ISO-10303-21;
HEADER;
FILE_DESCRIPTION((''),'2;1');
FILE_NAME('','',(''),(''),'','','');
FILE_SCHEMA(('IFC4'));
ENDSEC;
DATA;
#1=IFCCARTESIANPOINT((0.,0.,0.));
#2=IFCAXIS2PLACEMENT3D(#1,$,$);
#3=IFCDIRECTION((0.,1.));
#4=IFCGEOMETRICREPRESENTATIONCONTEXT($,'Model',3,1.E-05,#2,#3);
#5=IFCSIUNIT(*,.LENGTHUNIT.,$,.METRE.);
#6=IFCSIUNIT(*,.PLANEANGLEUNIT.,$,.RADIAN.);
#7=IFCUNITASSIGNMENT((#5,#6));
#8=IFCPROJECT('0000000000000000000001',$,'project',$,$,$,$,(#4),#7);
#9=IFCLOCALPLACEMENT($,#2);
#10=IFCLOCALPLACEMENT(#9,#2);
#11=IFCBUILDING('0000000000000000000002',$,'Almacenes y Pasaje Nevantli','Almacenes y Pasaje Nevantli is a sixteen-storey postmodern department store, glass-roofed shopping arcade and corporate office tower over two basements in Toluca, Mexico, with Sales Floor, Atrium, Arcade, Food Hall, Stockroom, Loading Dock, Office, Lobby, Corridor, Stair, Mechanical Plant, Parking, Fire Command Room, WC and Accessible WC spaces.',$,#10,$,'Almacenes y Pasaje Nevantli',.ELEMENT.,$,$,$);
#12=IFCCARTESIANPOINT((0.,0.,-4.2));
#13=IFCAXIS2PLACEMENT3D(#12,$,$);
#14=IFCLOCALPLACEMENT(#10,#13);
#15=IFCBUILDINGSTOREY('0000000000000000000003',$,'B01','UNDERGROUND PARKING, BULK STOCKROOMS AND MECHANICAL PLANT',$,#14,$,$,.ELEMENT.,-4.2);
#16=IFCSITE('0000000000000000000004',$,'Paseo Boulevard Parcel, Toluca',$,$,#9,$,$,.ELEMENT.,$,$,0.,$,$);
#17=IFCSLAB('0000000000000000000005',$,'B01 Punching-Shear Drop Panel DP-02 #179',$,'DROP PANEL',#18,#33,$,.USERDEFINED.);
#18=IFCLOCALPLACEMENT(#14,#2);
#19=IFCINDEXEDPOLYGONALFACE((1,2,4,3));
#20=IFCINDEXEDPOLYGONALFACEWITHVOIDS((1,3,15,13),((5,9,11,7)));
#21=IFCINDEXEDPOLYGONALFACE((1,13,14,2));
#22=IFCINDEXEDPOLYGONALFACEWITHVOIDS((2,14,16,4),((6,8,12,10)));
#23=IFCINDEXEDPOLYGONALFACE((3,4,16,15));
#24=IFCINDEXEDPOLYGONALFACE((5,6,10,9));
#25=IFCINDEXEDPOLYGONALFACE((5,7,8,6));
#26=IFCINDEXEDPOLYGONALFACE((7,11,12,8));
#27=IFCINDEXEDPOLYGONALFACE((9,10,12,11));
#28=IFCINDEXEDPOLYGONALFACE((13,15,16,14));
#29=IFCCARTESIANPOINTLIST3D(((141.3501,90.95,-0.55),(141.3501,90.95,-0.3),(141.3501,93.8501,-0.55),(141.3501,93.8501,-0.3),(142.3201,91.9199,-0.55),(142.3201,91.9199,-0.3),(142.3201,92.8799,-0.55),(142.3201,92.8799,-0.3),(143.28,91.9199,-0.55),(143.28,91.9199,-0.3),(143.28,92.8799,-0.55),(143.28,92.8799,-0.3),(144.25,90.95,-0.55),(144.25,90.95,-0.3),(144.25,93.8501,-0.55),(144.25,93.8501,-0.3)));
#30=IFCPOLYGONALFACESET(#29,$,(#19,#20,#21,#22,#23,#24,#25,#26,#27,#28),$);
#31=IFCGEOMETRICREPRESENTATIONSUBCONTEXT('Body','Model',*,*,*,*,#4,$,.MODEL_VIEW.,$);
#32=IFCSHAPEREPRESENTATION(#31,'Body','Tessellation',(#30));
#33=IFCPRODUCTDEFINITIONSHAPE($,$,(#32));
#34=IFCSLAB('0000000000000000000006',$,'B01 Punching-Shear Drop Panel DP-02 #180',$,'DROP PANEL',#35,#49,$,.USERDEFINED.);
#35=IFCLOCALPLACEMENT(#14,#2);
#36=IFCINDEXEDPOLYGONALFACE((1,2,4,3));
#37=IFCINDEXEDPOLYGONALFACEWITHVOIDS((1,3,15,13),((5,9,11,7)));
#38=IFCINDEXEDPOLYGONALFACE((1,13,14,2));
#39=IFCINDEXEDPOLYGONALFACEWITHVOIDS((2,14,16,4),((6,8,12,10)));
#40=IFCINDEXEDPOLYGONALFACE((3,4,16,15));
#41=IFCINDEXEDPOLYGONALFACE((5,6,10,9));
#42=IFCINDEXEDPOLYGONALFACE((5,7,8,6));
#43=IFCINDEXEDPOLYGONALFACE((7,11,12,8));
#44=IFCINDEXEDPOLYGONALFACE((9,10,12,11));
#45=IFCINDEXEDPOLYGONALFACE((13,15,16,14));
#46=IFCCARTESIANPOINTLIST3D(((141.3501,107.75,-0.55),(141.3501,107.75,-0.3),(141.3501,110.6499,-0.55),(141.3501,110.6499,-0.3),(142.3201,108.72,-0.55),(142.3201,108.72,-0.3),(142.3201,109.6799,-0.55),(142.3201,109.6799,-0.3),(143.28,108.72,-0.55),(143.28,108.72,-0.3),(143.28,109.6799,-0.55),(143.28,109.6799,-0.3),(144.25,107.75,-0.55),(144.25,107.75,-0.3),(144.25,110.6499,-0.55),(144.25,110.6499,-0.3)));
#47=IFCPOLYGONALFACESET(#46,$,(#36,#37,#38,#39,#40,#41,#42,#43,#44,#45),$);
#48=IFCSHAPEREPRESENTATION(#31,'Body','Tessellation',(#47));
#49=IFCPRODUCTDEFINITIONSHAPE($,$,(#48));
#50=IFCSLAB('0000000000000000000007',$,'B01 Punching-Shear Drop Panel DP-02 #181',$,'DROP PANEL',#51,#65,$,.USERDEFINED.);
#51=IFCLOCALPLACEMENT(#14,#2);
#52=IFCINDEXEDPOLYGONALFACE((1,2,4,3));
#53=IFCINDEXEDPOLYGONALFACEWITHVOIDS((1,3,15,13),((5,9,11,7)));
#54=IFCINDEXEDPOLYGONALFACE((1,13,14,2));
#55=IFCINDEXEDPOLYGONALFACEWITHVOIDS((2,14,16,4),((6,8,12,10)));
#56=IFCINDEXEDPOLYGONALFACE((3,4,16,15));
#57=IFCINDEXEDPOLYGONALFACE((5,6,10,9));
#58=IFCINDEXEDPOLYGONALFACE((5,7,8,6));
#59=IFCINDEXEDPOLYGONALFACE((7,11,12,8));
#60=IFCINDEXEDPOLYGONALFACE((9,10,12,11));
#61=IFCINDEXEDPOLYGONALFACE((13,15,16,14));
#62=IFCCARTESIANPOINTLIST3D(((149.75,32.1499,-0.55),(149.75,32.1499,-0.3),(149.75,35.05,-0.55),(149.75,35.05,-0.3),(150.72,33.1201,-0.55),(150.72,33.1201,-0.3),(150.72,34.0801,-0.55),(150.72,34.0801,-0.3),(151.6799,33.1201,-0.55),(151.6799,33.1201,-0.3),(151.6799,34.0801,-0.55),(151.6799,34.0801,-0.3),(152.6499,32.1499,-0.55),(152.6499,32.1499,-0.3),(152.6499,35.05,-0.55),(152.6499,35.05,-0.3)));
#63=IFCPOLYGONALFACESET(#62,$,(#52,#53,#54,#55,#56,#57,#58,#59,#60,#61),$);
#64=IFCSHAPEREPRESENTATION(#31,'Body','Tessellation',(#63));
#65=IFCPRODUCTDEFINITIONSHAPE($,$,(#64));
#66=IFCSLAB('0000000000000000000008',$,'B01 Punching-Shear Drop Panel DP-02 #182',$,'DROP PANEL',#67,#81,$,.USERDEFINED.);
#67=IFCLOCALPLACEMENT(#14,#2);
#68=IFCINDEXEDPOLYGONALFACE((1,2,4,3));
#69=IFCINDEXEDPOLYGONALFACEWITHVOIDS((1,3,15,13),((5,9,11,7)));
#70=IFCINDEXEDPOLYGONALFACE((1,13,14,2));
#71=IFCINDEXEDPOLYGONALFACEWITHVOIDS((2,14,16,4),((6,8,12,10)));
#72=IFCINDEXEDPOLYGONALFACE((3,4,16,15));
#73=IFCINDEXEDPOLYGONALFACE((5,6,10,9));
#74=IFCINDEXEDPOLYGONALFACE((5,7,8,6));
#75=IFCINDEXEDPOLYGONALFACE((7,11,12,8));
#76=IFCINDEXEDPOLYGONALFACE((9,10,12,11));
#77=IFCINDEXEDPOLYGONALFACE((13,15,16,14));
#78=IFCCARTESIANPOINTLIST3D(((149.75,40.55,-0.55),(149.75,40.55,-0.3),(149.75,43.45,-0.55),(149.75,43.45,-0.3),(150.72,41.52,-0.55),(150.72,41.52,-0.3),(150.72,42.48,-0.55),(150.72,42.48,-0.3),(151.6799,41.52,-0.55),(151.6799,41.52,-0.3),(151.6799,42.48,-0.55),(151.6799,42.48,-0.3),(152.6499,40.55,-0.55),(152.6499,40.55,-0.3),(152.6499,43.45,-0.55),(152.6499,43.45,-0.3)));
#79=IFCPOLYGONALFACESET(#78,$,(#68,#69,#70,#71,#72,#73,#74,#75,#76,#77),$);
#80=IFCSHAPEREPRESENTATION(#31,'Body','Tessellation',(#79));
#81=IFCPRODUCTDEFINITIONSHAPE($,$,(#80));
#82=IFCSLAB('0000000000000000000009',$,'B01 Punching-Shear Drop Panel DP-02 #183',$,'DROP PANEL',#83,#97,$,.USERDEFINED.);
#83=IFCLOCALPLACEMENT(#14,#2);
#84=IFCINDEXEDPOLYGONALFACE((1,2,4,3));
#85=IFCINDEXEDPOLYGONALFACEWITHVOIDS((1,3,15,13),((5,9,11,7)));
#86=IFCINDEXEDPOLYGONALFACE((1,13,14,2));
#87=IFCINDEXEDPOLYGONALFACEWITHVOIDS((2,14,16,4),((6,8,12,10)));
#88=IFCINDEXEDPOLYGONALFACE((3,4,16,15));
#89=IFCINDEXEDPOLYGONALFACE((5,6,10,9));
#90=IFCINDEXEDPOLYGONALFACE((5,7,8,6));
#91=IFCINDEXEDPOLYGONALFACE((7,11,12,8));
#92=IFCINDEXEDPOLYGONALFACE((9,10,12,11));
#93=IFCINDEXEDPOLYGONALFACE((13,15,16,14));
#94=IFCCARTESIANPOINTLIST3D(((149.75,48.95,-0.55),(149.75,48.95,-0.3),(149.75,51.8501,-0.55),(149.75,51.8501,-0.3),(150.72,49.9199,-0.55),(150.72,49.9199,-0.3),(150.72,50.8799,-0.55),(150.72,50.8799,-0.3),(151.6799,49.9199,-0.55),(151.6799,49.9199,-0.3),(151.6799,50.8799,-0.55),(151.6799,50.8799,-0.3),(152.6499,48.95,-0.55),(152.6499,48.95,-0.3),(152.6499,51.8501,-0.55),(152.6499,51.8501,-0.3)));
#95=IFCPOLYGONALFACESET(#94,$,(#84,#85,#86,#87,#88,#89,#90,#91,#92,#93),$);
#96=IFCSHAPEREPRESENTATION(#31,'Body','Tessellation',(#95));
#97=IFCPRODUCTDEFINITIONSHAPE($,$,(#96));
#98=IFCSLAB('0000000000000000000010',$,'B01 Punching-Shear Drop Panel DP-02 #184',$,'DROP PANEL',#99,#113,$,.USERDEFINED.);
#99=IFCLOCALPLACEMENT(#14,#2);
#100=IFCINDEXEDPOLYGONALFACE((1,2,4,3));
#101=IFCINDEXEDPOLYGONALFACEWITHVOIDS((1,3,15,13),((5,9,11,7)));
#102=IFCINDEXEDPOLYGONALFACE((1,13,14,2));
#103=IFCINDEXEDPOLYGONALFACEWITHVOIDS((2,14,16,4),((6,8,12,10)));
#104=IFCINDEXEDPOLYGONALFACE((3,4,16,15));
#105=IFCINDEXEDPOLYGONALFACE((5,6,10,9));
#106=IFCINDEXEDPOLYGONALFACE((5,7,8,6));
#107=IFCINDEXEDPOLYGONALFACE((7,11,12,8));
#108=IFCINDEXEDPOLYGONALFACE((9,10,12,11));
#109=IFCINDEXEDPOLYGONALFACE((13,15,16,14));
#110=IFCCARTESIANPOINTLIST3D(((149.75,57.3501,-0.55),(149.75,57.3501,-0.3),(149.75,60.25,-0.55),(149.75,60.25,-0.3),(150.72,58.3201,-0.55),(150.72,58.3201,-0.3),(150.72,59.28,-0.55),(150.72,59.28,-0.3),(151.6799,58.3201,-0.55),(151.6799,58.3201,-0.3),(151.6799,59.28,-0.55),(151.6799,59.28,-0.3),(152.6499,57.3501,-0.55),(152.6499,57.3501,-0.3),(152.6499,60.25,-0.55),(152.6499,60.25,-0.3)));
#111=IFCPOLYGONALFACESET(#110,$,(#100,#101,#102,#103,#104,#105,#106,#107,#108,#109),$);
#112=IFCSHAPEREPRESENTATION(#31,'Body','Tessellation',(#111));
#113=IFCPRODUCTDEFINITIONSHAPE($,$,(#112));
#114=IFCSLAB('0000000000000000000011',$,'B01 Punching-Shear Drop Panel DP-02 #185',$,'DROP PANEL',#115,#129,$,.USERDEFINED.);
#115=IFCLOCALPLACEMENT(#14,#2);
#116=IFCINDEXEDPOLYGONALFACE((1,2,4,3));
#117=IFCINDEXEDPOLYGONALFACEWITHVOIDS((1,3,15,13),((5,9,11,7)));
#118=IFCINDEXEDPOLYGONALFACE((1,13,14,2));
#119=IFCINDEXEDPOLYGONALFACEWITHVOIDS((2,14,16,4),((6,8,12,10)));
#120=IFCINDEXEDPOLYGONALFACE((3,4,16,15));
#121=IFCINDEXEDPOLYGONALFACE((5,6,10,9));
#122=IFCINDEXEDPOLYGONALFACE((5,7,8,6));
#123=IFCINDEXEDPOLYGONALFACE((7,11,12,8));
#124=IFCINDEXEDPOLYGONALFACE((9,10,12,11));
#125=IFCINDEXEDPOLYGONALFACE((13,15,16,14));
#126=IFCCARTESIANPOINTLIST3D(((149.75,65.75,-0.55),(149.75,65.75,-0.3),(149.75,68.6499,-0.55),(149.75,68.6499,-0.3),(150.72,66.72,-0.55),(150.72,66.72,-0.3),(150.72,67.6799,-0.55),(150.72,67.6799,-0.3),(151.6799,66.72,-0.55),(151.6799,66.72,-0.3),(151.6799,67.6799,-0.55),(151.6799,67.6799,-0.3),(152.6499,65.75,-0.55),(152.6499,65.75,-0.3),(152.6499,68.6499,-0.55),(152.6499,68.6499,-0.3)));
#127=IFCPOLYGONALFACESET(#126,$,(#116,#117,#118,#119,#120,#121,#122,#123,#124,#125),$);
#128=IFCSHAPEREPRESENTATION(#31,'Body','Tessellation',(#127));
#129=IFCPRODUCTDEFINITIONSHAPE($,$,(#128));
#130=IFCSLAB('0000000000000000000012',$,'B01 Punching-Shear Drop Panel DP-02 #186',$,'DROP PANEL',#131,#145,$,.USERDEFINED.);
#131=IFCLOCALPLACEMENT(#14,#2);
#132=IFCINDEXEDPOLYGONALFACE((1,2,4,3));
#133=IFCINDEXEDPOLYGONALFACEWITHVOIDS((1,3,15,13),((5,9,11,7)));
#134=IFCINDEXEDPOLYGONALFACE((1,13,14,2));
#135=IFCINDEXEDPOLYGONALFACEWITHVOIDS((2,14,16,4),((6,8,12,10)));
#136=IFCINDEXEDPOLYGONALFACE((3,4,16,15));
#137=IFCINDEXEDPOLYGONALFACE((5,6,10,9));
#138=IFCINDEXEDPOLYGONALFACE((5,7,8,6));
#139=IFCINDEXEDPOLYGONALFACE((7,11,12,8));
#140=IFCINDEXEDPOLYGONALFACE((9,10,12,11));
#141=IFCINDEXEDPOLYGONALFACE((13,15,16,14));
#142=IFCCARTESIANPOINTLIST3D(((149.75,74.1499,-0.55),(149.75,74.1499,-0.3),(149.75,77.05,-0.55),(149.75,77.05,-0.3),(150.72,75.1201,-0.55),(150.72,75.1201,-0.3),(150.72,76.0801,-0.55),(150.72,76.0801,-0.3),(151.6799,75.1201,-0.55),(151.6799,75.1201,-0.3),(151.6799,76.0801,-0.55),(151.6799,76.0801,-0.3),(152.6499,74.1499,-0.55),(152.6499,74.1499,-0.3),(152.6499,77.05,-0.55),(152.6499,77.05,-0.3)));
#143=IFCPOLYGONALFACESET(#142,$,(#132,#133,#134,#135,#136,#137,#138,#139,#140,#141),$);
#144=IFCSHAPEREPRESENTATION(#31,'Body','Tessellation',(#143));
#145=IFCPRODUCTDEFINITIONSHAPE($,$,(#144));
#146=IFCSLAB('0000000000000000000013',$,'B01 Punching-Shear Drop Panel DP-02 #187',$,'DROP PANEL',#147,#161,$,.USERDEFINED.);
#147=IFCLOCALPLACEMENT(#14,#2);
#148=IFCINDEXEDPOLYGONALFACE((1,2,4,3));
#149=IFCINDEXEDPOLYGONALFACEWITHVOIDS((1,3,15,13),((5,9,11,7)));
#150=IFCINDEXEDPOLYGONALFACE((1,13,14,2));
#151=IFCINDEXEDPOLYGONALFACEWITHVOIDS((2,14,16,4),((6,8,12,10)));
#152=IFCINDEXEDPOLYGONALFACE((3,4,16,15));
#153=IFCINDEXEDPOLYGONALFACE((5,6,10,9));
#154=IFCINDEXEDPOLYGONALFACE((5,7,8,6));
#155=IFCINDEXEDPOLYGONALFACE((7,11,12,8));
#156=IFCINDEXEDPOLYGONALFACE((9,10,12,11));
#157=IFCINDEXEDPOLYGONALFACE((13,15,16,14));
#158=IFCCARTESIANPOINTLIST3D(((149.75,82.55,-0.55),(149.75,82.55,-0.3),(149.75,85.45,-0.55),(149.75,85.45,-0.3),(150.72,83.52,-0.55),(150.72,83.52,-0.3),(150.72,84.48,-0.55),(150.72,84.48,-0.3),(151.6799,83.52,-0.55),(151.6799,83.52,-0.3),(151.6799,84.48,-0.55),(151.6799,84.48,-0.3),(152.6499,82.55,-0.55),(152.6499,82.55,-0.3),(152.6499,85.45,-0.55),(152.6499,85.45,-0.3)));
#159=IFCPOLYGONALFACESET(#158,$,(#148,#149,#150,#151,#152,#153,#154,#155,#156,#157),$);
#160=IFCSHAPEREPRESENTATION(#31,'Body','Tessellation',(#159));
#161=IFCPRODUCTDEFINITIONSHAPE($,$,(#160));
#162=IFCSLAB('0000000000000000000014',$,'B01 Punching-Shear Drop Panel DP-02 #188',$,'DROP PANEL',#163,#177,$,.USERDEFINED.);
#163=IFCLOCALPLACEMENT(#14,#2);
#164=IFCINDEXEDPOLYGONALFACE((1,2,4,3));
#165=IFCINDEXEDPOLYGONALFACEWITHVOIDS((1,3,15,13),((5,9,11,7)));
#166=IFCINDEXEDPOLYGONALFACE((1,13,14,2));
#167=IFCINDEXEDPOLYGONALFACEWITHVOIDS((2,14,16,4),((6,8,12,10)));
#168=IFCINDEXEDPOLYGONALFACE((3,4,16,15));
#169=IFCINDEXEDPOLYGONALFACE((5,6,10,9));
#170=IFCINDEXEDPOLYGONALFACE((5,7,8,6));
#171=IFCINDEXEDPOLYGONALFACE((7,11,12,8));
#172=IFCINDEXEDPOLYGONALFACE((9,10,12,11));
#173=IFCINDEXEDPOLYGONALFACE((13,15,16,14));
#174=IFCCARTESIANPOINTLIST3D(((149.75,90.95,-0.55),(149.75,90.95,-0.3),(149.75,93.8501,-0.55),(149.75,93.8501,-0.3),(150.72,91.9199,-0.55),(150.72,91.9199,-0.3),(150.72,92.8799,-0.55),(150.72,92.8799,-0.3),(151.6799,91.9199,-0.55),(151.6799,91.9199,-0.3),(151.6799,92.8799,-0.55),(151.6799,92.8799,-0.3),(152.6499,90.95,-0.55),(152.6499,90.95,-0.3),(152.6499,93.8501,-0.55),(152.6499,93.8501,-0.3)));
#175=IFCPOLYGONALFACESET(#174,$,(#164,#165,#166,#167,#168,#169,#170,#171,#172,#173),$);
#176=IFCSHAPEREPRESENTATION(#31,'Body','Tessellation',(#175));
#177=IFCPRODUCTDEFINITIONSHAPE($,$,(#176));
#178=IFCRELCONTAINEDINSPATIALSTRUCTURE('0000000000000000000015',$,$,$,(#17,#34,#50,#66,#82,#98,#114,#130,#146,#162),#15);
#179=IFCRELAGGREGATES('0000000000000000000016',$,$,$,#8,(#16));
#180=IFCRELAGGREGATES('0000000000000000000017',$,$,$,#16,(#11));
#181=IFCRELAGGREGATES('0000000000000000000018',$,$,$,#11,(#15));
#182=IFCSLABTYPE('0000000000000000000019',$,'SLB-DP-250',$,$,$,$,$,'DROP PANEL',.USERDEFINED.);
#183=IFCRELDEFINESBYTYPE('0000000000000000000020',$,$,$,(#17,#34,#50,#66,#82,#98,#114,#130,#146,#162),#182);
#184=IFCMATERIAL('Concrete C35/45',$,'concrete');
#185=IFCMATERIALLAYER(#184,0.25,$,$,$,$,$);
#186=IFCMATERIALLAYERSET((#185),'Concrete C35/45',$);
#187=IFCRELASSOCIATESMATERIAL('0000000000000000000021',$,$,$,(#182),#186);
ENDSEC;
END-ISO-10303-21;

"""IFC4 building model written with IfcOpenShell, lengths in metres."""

from ifc_helpers import new_model, si_unit, direction, frame, origin, place, context, subcontext, project, spatial, polyline, outline, extrude, material, layer, layer_set, type_object, element, save


model = new_model("IFC4")

# Units and contexts
model_context = context("Model", 3, precision=1e-05, world=origin(), true_north=direction((0.0, 1.0)))
body_context = subcontext(model_context, "Body", "Model", "MODEL_VIEW")
ifc_project = project(units=[si_unit("LENGTHUNIT", "METRE"), si_unit("PLANEANGLEUNIT", "RADIAN")], contexts=[model_context])

# Site, building, storey
site_placement = place(None, origin())
site = spatial("IfcSite", under=ifc_project, at=site_placement, Name="Paseo Boulevard Parcel, Toluca", CompositionType="ELEMENT", RefElevation=0.0)
building_placement = place(site_placement, origin())
building = spatial("IfcBuilding", under=site, at=building_placement, Name="Almacenes y Pasaje Nevantli", Description="Almacenes y Pasaje Nevantli is a sixteen-storey postmodern department store, glass-roofed shopping arcade and corporate office tower over two basements in Toluca, Mexico, with Sales Floor, Atrium, Arcade, Food Hall, Stockroom, Loading Dock, Office, Lobby, Corridor, Stair, Mechanical Plant, Parking, Fire Command Room, WC and Accessible WC spaces.", LongName="Almacenes y Pasaje Nevantli", CompositionType="ELEMENT")
storey_placement = place(building_placement, frame((0.0, 0.0, -4.2)))
storey = spatial("IfcBuildingStorey", under=building, at=storey_placement, Name="B01", Description="UNDERGROUND PARKING, BULK STOCKROOMS AND MECHANICAL PLANT", CompositionType="ELEMENT", Elevation=-4.2)

# Slabs
ifc_material = material(Name="Concrete C35/45", Category="concrete")
ifc_layer = layer(ifc_material, 0.25)
ifc_layer_set = layer_set([ifc_layer], Name="Concrete C35/45")
slab_type = type_object("IfcSlabType", Name="SLB-DP-250", ElementType="DROP PANEL", PredefinedType="USERDEFINED", material=ifc_layer_set)
slab_1_placement = place(storey_placement, frame((0.0, 0.0, -0.55)))
element("IfcSlab", 1, at=slab_1_placement, inside=storey, type_object=slab_type, Name="B01 Punching-Shear Drop Panel DP-02 #179", ObjectType="DROP PANEL", PredefinedType="USERDEFINED", context=body_context, shape_type="SweptSolid", body=[
    extrude(outline(polyline([(141.3501, 90.95), (144.25, 90.95), (144.25, 93.8501), (141.3501, 93.8501), (141.3501, 90.95)]), holes=[polyline([(142.3201, 91.9199), (143.28, 91.9199), (143.28, 92.8799), (142.3201, 92.8799), (142.3201, 91.9199)])]), origin(), (0.0, 0.0, 1.0), 0.25),
])
slab_2_placement = place(storey_placement, frame((0.0, 0.0, -0.55)))
element("IfcSlab", 2, at=slab_2_placement, inside=storey, type_object=slab_type, Name="B01 Punching-Shear Drop Panel DP-02 #180", ObjectType="DROP PANEL", PredefinedType="USERDEFINED", context=body_context, shape_type="SweptSolid", body=[
    extrude(outline(polyline([(141.3501, 107.75), (144.25, 107.75), (144.25, 110.6499), (141.3501, 110.6499), (141.3501, 107.75)]), holes=[polyline([(142.3201, 108.72), (143.28, 108.72), (143.28, 109.6799), (142.3201, 109.6799), (142.3201, 108.72)])]), origin(), (0.0, 0.0, 1.0), 0.25),
])
slab_3_placement = place(storey_placement, frame((0.0, 0.0, -0.55)))
element("IfcSlab", 3, at=slab_3_placement, inside=storey, type_object=slab_type, Name="B01 Punching-Shear Drop Panel DP-02 #181", ObjectType="DROP PANEL", PredefinedType="USERDEFINED", context=body_context, shape_type="SweptSolid", body=[
    extrude(outline(polyline([(149.75, 32.1499), (152.6499, 32.1499), (152.6499, 35.05), (149.75, 35.05), (149.75, 32.1499)]), holes=[polyline([(150.72, 33.1201), (151.6799, 33.1201), (151.6799, 34.0801), (150.72, 34.0801), (150.72, 33.1201)])]), origin(), (0.0, 0.0, 1.0), 0.25),
])
slab_4_placement = place(storey_placement, frame((0.0, 0.0, -0.55)))
element("IfcSlab", 4, at=slab_4_placement, inside=storey, type_object=slab_type, Name="B01 Punching-Shear Drop Panel DP-02 #182", ObjectType="DROP PANEL", PredefinedType="USERDEFINED", context=body_context, shape_type="SweptSolid", body=[
    extrude(outline(polyline([(149.75, 40.55), (152.6499, 40.55), (152.6499, 43.45), (149.75, 43.45), (149.75, 40.55)]), holes=[polyline([(150.72, 41.52), (151.6799, 41.52), (151.6799, 42.48), (150.72, 42.48), (150.72, 41.52)])]), origin(), (0.0, 0.0, 1.0), 0.25),
])
slab_5_placement = place(storey_placement, frame((0.0, 0.0, -0.55)))
element("IfcSlab", 5, at=slab_5_placement, inside=storey, type_object=slab_type, Name="B01 Punching-Shear Drop Panel DP-02 #183", ObjectType="DROP PANEL", PredefinedType="USERDEFINED", context=body_context, shape_type="SweptSolid", body=[
    extrude(outline(polyline([(149.75, 48.95), (152.6499, 48.95), (152.6499, 51.8501), (149.75, 51.8501), (149.75, 48.95)]), holes=[polyline([(150.72, 49.9199), (151.6799, 49.9199), (151.6799, 50.8799), (150.72, 50.8799), (150.72, 49.9199)])]), origin(), (0.0, 0.0, 1.0), 0.25),
])
slab_6_placement = place(storey_placement, frame((0.0, 0.0, -0.55)))
element("IfcSlab", 6, at=slab_6_placement, inside=storey, type_object=slab_type, Name="B01 Punching-Shear Drop Panel DP-02 #184", ObjectType="DROP PANEL", PredefinedType="USERDEFINED", context=body_context, shape_type="SweptSolid", body=[
    extrude(outline(polyline([(149.75, 57.3501), (152.6499, 57.3501), (152.6499, 60.25), (149.75, 60.25), (149.75, 57.3501)]), holes=[polyline([(150.72, 58.3201), (151.6799, 58.3201), (151.6799, 59.28), (150.72, 59.28), (150.72, 58.3201)])]), origin(), (0.0, 0.0, 1.0), 0.25),
])
slab_7_placement = place(storey_placement, frame((0.0, 0.0, -0.55)))
element("IfcSlab", 7, at=slab_7_placement, inside=storey, type_object=slab_type, Name="B01 Punching-Shear Drop Panel DP-02 #185", ObjectType="DROP PANEL", PredefinedType="USERDEFINED", context=body_context, shape_type="SweptSolid", body=[
    extrude(outline(polyline([(149.75, 65.75), (152.6499, 65.75), (152.6499, 68.6499), (149.75, 68.6499), (149.75, 65.75)]), holes=[polyline([(150.72, 66.72), (151.6799, 66.72), (151.6799, 67.6799), (150.72, 67.6799), (150.72, 66.72)])]), origin(), (0.0, 0.0, 1.0), 0.25),
])
slab_8_placement = place(storey_placement, frame((0.0, 0.0, -0.55)))
element("IfcSlab", 8, at=slab_8_placement, inside=storey, type_object=slab_type, Name="B01 Punching-Shear Drop Panel DP-02 #186", ObjectType="DROP PANEL", PredefinedType="USERDEFINED", context=body_context, shape_type="SweptSolid", body=[
    extrude(outline(polyline([(149.75, 74.1499), (152.6499, 74.1499), (152.6499, 77.05), (149.75, 77.05), (149.75, 74.1499)]), holes=[polyline([(150.72, 75.1201), (151.6799, 75.1201), (151.6799, 76.0801), (150.72, 76.0801), (150.72, 75.1201)])]), origin(), (0.0, 0.0, 1.0), 0.25),
])
slab_9_placement = place(storey_placement, frame((0.0, 0.0, -0.55)))
element("IfcSlab", 9, at=slab_9_placement, inside=storey, type_object=slab_type, Name="B01 Punching-Shear Drop Panel DP-02 #187", ObjectType="DROP PANEL", PredefinedType="USERDEFINED", context=body_context, shape_type="SweptSolid", body=[
    extrude(outline(polyline([(149.75, 82.55), (152.6499, 82.55), (152.6499, 85.45), (149.75, 85.45), (149.75, 82.55)]), holes=[polyline([(150.72, 83.52), (151.6799, 83.52), (151.6799, 84.48), (150.72, 84.48), (150.72, 83.52)])]), origin(), (0.0, 0.0, 1.0), 0.25),
])
slab_10_placement = place(storey_placement, frame((0.0, 0.0, -0.55)))
element("IfcSlab", 10, at=slab_10_placement, inside=storey, type_object=slab_type, Name="B01 Punching-Shear Drop Panel DP-02 #188", ObjectType="DROP PANEL", PredefinedType="USERDEFINED", context=body_context, shape_type="SweptSolid", body=[
    extrude(outline(polyline([(149.75, 90.95), (152.6499, 90.95), (152.6499, 93.8501), (149.75, 93.8501), (149.75, 90.95)]), holes=[polyline([(150.72, 91.9199), (151.6799, 91.9199), (151.6799, 92.8799), (150.72, 92.8799), (150.72, 91.9199)])]), origin(), (0.0, 0.0, 1.0), 0.25),
])

save(model, "model.ifc")
